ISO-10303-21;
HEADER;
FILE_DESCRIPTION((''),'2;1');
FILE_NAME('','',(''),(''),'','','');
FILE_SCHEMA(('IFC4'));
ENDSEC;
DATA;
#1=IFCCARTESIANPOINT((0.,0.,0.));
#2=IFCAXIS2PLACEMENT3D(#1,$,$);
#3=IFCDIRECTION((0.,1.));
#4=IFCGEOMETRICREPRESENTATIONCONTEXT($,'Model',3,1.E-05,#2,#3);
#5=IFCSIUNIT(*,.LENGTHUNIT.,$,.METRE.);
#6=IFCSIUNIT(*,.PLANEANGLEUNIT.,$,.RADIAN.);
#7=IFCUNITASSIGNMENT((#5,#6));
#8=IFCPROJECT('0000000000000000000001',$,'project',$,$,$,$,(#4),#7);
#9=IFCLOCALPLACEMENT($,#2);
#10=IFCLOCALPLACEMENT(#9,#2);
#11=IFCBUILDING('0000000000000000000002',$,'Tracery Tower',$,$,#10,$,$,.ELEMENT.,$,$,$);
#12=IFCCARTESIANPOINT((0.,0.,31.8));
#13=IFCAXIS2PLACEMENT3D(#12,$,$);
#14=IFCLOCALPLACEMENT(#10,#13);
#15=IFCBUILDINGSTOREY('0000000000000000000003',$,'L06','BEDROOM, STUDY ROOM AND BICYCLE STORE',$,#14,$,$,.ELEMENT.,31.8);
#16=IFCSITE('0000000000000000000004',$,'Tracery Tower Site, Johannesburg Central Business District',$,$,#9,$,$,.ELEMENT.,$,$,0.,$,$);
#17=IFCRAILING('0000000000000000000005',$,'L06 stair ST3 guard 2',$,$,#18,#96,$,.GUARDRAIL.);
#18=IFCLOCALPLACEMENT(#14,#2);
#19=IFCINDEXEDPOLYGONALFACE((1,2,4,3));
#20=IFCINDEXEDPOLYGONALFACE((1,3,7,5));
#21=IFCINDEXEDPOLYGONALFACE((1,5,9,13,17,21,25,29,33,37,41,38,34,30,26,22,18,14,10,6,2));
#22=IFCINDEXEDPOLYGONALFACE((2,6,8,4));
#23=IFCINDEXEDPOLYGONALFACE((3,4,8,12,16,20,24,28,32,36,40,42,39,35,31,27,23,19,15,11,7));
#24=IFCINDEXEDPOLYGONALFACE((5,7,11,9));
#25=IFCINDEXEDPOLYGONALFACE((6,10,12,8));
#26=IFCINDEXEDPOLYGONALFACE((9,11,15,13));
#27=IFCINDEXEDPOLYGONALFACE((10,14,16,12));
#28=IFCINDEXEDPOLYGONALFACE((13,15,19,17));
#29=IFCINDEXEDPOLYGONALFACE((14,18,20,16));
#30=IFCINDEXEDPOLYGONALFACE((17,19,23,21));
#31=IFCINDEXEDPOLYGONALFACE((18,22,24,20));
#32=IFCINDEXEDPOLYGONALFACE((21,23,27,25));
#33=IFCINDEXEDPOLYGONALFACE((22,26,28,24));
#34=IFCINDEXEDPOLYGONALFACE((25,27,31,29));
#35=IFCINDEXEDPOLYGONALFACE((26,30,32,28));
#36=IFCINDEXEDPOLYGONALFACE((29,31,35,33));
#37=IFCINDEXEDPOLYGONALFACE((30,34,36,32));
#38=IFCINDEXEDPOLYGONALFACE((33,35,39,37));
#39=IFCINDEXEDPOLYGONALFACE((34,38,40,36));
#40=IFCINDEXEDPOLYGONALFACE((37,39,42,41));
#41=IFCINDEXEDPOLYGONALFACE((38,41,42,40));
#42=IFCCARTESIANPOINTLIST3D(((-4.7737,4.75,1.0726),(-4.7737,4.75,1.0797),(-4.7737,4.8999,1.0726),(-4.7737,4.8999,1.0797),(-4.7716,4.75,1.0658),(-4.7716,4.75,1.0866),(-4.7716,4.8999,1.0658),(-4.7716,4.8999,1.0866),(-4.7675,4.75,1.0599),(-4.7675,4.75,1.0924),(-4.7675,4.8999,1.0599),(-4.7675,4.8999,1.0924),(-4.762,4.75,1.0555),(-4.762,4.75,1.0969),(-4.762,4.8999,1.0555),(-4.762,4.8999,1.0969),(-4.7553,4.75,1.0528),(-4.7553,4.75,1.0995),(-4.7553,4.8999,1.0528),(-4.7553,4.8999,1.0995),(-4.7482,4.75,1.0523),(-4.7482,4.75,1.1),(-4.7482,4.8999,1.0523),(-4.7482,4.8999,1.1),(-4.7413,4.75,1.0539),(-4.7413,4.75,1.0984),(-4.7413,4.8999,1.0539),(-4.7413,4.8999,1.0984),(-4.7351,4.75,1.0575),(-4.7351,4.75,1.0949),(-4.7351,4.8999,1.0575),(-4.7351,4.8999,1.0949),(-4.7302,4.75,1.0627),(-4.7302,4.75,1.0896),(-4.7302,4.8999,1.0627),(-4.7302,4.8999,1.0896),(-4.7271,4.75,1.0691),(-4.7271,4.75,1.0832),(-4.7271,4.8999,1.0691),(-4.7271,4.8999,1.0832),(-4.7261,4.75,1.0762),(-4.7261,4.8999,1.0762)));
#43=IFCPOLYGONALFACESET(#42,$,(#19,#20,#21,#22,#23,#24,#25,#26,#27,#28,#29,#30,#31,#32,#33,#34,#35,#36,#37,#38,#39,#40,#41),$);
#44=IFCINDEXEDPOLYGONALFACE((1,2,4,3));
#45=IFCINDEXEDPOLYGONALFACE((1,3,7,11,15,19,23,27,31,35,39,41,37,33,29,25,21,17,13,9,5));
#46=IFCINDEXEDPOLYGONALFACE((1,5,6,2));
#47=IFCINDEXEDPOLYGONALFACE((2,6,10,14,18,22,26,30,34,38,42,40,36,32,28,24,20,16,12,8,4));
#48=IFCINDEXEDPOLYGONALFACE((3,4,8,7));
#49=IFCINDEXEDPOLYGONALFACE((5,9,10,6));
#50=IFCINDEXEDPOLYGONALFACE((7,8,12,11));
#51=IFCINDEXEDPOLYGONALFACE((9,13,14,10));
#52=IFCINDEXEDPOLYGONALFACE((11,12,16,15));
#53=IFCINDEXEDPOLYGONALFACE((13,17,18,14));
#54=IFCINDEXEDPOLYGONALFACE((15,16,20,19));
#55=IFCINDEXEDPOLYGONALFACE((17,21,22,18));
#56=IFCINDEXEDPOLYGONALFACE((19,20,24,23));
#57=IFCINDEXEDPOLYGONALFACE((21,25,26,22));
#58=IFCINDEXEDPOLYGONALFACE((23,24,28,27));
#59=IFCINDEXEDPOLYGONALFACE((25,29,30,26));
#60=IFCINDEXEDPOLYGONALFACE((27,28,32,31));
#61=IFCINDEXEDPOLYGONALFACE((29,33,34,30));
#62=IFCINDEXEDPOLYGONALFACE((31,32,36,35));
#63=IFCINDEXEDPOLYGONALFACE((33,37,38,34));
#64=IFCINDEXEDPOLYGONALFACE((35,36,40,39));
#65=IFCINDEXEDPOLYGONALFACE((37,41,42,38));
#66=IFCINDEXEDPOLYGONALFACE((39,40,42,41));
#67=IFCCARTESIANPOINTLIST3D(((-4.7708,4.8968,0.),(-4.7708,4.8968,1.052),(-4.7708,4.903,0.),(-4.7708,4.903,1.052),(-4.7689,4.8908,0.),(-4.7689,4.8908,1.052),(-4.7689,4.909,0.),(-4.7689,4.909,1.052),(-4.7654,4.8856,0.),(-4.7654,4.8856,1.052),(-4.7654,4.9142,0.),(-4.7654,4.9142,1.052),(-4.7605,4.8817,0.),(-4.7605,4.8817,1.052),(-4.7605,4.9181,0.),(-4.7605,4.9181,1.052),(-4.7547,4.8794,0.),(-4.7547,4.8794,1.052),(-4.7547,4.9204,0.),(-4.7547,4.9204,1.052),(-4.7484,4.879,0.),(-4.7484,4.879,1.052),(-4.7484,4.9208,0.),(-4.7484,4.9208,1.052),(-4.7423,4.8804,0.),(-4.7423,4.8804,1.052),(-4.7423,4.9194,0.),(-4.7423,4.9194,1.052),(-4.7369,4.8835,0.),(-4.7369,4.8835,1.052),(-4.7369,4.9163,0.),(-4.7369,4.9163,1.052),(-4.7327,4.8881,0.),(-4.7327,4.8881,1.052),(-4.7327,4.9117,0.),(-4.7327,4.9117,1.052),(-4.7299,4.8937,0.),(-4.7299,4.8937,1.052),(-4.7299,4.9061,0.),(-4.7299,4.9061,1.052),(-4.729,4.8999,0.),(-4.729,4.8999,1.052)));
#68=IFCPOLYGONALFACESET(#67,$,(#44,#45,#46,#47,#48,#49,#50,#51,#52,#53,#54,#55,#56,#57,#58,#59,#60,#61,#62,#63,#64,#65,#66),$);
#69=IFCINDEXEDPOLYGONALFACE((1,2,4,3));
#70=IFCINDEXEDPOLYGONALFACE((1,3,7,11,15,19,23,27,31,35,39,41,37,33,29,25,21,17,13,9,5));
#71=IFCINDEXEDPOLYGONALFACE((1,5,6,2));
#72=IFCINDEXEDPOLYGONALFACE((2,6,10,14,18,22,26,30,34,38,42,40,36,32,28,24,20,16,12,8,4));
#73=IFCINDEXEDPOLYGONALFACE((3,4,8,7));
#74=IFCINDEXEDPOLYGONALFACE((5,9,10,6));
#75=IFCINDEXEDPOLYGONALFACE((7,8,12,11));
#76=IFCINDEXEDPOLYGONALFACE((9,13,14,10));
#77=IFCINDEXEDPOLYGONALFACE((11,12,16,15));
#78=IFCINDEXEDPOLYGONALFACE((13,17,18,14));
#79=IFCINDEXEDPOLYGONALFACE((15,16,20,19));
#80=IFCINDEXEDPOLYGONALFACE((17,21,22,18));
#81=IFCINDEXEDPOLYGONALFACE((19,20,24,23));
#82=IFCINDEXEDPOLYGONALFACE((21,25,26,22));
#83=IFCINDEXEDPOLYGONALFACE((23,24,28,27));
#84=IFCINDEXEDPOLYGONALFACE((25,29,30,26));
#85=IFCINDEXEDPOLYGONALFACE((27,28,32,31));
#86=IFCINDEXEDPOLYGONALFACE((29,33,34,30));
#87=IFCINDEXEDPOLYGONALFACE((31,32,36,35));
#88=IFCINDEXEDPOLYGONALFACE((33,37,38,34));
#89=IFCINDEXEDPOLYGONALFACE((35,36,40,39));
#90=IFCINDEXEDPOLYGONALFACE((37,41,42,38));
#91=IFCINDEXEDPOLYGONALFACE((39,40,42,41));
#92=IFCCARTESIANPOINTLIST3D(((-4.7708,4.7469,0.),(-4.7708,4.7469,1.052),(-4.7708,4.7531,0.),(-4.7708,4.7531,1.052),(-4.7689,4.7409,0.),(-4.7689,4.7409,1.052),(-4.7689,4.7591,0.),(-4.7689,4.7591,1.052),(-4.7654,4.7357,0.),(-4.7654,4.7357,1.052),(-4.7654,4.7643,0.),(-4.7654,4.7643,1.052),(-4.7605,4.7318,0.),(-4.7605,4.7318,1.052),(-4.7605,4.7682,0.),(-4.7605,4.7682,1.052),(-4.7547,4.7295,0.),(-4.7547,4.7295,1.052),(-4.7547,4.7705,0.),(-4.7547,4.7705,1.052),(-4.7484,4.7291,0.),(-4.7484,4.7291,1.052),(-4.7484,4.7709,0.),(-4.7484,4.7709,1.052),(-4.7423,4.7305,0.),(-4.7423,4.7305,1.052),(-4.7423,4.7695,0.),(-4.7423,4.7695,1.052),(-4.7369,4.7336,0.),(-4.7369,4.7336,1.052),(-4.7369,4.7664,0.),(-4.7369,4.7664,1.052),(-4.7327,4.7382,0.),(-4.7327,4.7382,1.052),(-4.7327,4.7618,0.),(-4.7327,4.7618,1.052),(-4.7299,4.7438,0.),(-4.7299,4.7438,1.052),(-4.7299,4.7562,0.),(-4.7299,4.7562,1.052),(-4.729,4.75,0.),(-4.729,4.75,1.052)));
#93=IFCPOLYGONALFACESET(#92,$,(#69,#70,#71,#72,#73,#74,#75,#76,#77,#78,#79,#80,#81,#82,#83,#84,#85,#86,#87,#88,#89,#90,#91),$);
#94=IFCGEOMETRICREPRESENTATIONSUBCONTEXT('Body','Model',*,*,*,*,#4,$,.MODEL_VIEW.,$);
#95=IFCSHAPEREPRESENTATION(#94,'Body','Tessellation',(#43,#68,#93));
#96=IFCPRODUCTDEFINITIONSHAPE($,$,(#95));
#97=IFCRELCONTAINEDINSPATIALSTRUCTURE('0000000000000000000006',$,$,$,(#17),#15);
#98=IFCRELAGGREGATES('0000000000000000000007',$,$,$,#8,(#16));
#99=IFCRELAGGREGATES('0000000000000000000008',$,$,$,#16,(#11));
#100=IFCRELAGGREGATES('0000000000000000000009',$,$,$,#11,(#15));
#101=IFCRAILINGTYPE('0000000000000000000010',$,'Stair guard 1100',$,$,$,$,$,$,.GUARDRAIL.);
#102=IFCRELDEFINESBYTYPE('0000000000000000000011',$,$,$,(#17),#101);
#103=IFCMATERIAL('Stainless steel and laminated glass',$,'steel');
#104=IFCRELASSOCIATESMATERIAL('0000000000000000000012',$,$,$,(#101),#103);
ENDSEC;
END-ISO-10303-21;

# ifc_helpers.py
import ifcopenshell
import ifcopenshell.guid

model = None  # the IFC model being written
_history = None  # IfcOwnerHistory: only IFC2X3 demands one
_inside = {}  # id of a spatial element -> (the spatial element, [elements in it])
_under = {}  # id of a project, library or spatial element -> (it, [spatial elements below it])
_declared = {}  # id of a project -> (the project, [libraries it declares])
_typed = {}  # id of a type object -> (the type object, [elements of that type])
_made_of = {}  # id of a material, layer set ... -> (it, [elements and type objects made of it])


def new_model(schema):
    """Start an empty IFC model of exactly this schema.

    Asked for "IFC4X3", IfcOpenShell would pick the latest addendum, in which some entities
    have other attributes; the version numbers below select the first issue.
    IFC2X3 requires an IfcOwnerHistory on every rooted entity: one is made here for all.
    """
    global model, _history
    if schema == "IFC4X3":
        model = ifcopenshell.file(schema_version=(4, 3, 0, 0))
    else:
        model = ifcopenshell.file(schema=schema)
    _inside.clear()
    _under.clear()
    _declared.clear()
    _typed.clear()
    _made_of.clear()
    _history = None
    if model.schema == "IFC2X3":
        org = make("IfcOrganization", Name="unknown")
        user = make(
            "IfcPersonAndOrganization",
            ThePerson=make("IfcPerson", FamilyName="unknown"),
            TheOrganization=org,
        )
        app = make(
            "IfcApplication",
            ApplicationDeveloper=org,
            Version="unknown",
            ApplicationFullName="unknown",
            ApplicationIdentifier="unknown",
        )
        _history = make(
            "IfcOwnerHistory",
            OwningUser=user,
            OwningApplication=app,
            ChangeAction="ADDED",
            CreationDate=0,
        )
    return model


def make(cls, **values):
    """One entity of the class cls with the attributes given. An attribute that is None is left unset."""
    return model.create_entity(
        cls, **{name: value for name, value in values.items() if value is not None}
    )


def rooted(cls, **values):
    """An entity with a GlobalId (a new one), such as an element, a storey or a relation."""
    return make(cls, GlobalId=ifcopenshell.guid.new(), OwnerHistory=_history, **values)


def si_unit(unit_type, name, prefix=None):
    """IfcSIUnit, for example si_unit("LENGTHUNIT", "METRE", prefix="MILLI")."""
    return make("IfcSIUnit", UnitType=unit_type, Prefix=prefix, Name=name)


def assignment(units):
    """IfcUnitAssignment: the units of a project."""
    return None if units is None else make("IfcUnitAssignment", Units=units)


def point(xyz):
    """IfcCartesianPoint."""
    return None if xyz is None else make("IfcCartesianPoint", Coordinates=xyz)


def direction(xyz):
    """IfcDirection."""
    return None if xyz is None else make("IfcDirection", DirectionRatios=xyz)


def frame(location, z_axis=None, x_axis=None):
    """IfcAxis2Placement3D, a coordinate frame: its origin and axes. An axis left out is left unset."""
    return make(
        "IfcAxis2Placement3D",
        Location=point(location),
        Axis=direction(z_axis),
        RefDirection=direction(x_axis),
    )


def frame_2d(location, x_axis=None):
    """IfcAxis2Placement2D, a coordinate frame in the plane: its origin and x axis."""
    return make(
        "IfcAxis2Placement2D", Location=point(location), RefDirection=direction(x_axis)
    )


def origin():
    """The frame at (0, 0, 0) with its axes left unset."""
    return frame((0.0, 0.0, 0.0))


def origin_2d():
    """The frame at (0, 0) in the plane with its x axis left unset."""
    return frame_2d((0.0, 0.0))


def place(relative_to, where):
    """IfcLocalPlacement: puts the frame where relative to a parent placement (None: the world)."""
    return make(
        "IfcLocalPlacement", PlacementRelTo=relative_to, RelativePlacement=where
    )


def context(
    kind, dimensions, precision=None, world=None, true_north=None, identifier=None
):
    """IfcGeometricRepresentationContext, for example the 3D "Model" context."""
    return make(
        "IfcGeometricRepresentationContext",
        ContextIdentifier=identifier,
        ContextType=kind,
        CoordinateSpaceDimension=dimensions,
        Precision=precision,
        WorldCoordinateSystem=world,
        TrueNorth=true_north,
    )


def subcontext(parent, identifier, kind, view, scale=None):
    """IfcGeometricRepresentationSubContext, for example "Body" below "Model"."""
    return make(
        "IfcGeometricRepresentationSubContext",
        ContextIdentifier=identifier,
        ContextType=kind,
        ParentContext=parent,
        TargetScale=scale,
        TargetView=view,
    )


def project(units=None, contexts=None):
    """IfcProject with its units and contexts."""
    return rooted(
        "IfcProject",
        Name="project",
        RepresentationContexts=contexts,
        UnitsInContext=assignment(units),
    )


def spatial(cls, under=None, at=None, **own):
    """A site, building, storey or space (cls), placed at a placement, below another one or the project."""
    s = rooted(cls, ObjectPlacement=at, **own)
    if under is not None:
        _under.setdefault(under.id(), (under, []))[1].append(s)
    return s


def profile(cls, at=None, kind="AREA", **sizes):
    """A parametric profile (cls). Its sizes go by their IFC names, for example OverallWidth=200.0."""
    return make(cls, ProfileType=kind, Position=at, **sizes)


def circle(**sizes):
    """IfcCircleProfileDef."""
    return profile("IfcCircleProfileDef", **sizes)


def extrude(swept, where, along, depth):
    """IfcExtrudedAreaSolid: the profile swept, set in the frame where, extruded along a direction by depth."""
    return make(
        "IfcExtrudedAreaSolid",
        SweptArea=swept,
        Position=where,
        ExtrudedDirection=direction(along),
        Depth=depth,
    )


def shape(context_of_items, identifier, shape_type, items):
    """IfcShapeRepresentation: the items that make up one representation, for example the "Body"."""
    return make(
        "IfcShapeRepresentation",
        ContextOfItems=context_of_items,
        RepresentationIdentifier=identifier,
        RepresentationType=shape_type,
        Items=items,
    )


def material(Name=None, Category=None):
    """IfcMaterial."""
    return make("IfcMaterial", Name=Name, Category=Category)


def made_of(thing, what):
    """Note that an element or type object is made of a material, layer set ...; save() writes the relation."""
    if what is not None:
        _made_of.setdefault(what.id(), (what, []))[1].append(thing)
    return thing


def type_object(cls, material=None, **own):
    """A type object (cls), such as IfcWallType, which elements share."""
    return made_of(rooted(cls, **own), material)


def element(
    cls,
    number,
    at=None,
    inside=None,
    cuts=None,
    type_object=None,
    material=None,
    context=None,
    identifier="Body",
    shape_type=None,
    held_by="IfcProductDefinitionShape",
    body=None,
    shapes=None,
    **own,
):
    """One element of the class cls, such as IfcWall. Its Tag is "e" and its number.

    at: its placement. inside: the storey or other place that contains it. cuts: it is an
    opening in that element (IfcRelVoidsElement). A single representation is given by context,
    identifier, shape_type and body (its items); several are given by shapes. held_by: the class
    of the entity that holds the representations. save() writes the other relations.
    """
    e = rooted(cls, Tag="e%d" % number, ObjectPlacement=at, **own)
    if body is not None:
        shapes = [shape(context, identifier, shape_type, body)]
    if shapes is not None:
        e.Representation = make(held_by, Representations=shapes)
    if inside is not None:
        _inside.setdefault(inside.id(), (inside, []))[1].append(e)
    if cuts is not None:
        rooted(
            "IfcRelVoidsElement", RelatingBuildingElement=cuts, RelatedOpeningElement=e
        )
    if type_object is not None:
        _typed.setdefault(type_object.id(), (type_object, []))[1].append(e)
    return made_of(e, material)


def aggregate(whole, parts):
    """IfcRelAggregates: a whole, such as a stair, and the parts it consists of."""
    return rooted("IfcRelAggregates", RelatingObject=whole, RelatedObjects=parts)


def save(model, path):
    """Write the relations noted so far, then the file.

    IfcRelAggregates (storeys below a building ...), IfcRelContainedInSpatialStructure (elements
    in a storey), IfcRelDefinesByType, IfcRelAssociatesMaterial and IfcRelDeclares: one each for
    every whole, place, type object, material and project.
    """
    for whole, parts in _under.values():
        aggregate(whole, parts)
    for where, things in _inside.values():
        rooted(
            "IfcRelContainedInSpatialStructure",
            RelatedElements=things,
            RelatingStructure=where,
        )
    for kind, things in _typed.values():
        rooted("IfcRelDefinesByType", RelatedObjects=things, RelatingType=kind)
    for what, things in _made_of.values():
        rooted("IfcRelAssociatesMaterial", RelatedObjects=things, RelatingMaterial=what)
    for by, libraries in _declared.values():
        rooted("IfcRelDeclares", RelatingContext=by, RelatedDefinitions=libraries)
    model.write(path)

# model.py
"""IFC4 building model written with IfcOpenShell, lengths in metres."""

from ifc_helpers import new_model, si_unit, direction, frame, origin, origin_2d, place, context, subcontext, project, spatial, circle, extrude, material, type_object, element, save


model = new_model("IFC4")

# Units and contexts
model_context = context("Model", 3, precision=1e-05, world=origin(), true_north=direction((0.0, 1.0)))
body_context = subcontext(model_context, "Body", "Model", "MODEL_VIEW")
ifc_project = project(units=[si_unit("LENGTHUNIT", "METRE"), si_unit("PLANEANGLEUNIT", "RADIAN")], contexts=[model_context])

# Site, building, storey
site_placement = place(None, origin())
site = spatial("IfcSite", under=ifc_project, at=site_placement, Name="Tracery Tower Site, Johannesburg Central Business District", CompositionType="ELEMENT", RefElevation=0.0)
building_placement = place(site_placement, origin())
building = spatial("IfcBuilding", under=site, at=building_placement, Name="Tracery Tower", CompositionType="ELEMENT")
storey_placement = place(building_placement, frame((0.0, 0.0, 31.8)))
storey = spatial("IfcBuildingStorey", under=building, at=storey_placement, Name="L06", Description="BEDROOM, STUDY ROOM AND BICYCLE STORE", CompositionType="ELEMENT", Elevation=31.8)

# Railing
ifc_material_1 = material(Name="Stainless steel and laminated glass", Category="steel")
railing_type_1 = type_object("IfcRailingType", Name="Stair guard 1100", PredefinedType="GUARDRAIL", material=ifc_material_1)
railing_1_placement = place(storey_placement, frame((-4.75, 4.8999, 0.0)))
element("IfcRailing", 1, at=railing_1_placement, inside=storey, type_object=railing_type_1, Name="L06 stair ST3 guard 2", PredefinedType="GUARDRAIL", context=body_context, shape_type="SweptSolid", body=[
    extrude(circle(Radius=0.0239, at=origin_2d()), frame((0.0, 0.0, 1.0762), z_axis=(0.0, -1.0, 0.0), x_axis=(1.0, 0.0, 0.0)), (0.0, 0.0, 1.0), 0.1499),
    extrude(circle(Radius=0.021, at=origin_2d()), origin(), (0.0, 0.0, 1.0), 1.052),
    extrude(circle(Radius=0.021, at=origin_2d()), frame((0.0, -0.1499, 0.0)), (0.0, 0.0, 1.0), 1.052),
])

save(model, "model.ifc")
